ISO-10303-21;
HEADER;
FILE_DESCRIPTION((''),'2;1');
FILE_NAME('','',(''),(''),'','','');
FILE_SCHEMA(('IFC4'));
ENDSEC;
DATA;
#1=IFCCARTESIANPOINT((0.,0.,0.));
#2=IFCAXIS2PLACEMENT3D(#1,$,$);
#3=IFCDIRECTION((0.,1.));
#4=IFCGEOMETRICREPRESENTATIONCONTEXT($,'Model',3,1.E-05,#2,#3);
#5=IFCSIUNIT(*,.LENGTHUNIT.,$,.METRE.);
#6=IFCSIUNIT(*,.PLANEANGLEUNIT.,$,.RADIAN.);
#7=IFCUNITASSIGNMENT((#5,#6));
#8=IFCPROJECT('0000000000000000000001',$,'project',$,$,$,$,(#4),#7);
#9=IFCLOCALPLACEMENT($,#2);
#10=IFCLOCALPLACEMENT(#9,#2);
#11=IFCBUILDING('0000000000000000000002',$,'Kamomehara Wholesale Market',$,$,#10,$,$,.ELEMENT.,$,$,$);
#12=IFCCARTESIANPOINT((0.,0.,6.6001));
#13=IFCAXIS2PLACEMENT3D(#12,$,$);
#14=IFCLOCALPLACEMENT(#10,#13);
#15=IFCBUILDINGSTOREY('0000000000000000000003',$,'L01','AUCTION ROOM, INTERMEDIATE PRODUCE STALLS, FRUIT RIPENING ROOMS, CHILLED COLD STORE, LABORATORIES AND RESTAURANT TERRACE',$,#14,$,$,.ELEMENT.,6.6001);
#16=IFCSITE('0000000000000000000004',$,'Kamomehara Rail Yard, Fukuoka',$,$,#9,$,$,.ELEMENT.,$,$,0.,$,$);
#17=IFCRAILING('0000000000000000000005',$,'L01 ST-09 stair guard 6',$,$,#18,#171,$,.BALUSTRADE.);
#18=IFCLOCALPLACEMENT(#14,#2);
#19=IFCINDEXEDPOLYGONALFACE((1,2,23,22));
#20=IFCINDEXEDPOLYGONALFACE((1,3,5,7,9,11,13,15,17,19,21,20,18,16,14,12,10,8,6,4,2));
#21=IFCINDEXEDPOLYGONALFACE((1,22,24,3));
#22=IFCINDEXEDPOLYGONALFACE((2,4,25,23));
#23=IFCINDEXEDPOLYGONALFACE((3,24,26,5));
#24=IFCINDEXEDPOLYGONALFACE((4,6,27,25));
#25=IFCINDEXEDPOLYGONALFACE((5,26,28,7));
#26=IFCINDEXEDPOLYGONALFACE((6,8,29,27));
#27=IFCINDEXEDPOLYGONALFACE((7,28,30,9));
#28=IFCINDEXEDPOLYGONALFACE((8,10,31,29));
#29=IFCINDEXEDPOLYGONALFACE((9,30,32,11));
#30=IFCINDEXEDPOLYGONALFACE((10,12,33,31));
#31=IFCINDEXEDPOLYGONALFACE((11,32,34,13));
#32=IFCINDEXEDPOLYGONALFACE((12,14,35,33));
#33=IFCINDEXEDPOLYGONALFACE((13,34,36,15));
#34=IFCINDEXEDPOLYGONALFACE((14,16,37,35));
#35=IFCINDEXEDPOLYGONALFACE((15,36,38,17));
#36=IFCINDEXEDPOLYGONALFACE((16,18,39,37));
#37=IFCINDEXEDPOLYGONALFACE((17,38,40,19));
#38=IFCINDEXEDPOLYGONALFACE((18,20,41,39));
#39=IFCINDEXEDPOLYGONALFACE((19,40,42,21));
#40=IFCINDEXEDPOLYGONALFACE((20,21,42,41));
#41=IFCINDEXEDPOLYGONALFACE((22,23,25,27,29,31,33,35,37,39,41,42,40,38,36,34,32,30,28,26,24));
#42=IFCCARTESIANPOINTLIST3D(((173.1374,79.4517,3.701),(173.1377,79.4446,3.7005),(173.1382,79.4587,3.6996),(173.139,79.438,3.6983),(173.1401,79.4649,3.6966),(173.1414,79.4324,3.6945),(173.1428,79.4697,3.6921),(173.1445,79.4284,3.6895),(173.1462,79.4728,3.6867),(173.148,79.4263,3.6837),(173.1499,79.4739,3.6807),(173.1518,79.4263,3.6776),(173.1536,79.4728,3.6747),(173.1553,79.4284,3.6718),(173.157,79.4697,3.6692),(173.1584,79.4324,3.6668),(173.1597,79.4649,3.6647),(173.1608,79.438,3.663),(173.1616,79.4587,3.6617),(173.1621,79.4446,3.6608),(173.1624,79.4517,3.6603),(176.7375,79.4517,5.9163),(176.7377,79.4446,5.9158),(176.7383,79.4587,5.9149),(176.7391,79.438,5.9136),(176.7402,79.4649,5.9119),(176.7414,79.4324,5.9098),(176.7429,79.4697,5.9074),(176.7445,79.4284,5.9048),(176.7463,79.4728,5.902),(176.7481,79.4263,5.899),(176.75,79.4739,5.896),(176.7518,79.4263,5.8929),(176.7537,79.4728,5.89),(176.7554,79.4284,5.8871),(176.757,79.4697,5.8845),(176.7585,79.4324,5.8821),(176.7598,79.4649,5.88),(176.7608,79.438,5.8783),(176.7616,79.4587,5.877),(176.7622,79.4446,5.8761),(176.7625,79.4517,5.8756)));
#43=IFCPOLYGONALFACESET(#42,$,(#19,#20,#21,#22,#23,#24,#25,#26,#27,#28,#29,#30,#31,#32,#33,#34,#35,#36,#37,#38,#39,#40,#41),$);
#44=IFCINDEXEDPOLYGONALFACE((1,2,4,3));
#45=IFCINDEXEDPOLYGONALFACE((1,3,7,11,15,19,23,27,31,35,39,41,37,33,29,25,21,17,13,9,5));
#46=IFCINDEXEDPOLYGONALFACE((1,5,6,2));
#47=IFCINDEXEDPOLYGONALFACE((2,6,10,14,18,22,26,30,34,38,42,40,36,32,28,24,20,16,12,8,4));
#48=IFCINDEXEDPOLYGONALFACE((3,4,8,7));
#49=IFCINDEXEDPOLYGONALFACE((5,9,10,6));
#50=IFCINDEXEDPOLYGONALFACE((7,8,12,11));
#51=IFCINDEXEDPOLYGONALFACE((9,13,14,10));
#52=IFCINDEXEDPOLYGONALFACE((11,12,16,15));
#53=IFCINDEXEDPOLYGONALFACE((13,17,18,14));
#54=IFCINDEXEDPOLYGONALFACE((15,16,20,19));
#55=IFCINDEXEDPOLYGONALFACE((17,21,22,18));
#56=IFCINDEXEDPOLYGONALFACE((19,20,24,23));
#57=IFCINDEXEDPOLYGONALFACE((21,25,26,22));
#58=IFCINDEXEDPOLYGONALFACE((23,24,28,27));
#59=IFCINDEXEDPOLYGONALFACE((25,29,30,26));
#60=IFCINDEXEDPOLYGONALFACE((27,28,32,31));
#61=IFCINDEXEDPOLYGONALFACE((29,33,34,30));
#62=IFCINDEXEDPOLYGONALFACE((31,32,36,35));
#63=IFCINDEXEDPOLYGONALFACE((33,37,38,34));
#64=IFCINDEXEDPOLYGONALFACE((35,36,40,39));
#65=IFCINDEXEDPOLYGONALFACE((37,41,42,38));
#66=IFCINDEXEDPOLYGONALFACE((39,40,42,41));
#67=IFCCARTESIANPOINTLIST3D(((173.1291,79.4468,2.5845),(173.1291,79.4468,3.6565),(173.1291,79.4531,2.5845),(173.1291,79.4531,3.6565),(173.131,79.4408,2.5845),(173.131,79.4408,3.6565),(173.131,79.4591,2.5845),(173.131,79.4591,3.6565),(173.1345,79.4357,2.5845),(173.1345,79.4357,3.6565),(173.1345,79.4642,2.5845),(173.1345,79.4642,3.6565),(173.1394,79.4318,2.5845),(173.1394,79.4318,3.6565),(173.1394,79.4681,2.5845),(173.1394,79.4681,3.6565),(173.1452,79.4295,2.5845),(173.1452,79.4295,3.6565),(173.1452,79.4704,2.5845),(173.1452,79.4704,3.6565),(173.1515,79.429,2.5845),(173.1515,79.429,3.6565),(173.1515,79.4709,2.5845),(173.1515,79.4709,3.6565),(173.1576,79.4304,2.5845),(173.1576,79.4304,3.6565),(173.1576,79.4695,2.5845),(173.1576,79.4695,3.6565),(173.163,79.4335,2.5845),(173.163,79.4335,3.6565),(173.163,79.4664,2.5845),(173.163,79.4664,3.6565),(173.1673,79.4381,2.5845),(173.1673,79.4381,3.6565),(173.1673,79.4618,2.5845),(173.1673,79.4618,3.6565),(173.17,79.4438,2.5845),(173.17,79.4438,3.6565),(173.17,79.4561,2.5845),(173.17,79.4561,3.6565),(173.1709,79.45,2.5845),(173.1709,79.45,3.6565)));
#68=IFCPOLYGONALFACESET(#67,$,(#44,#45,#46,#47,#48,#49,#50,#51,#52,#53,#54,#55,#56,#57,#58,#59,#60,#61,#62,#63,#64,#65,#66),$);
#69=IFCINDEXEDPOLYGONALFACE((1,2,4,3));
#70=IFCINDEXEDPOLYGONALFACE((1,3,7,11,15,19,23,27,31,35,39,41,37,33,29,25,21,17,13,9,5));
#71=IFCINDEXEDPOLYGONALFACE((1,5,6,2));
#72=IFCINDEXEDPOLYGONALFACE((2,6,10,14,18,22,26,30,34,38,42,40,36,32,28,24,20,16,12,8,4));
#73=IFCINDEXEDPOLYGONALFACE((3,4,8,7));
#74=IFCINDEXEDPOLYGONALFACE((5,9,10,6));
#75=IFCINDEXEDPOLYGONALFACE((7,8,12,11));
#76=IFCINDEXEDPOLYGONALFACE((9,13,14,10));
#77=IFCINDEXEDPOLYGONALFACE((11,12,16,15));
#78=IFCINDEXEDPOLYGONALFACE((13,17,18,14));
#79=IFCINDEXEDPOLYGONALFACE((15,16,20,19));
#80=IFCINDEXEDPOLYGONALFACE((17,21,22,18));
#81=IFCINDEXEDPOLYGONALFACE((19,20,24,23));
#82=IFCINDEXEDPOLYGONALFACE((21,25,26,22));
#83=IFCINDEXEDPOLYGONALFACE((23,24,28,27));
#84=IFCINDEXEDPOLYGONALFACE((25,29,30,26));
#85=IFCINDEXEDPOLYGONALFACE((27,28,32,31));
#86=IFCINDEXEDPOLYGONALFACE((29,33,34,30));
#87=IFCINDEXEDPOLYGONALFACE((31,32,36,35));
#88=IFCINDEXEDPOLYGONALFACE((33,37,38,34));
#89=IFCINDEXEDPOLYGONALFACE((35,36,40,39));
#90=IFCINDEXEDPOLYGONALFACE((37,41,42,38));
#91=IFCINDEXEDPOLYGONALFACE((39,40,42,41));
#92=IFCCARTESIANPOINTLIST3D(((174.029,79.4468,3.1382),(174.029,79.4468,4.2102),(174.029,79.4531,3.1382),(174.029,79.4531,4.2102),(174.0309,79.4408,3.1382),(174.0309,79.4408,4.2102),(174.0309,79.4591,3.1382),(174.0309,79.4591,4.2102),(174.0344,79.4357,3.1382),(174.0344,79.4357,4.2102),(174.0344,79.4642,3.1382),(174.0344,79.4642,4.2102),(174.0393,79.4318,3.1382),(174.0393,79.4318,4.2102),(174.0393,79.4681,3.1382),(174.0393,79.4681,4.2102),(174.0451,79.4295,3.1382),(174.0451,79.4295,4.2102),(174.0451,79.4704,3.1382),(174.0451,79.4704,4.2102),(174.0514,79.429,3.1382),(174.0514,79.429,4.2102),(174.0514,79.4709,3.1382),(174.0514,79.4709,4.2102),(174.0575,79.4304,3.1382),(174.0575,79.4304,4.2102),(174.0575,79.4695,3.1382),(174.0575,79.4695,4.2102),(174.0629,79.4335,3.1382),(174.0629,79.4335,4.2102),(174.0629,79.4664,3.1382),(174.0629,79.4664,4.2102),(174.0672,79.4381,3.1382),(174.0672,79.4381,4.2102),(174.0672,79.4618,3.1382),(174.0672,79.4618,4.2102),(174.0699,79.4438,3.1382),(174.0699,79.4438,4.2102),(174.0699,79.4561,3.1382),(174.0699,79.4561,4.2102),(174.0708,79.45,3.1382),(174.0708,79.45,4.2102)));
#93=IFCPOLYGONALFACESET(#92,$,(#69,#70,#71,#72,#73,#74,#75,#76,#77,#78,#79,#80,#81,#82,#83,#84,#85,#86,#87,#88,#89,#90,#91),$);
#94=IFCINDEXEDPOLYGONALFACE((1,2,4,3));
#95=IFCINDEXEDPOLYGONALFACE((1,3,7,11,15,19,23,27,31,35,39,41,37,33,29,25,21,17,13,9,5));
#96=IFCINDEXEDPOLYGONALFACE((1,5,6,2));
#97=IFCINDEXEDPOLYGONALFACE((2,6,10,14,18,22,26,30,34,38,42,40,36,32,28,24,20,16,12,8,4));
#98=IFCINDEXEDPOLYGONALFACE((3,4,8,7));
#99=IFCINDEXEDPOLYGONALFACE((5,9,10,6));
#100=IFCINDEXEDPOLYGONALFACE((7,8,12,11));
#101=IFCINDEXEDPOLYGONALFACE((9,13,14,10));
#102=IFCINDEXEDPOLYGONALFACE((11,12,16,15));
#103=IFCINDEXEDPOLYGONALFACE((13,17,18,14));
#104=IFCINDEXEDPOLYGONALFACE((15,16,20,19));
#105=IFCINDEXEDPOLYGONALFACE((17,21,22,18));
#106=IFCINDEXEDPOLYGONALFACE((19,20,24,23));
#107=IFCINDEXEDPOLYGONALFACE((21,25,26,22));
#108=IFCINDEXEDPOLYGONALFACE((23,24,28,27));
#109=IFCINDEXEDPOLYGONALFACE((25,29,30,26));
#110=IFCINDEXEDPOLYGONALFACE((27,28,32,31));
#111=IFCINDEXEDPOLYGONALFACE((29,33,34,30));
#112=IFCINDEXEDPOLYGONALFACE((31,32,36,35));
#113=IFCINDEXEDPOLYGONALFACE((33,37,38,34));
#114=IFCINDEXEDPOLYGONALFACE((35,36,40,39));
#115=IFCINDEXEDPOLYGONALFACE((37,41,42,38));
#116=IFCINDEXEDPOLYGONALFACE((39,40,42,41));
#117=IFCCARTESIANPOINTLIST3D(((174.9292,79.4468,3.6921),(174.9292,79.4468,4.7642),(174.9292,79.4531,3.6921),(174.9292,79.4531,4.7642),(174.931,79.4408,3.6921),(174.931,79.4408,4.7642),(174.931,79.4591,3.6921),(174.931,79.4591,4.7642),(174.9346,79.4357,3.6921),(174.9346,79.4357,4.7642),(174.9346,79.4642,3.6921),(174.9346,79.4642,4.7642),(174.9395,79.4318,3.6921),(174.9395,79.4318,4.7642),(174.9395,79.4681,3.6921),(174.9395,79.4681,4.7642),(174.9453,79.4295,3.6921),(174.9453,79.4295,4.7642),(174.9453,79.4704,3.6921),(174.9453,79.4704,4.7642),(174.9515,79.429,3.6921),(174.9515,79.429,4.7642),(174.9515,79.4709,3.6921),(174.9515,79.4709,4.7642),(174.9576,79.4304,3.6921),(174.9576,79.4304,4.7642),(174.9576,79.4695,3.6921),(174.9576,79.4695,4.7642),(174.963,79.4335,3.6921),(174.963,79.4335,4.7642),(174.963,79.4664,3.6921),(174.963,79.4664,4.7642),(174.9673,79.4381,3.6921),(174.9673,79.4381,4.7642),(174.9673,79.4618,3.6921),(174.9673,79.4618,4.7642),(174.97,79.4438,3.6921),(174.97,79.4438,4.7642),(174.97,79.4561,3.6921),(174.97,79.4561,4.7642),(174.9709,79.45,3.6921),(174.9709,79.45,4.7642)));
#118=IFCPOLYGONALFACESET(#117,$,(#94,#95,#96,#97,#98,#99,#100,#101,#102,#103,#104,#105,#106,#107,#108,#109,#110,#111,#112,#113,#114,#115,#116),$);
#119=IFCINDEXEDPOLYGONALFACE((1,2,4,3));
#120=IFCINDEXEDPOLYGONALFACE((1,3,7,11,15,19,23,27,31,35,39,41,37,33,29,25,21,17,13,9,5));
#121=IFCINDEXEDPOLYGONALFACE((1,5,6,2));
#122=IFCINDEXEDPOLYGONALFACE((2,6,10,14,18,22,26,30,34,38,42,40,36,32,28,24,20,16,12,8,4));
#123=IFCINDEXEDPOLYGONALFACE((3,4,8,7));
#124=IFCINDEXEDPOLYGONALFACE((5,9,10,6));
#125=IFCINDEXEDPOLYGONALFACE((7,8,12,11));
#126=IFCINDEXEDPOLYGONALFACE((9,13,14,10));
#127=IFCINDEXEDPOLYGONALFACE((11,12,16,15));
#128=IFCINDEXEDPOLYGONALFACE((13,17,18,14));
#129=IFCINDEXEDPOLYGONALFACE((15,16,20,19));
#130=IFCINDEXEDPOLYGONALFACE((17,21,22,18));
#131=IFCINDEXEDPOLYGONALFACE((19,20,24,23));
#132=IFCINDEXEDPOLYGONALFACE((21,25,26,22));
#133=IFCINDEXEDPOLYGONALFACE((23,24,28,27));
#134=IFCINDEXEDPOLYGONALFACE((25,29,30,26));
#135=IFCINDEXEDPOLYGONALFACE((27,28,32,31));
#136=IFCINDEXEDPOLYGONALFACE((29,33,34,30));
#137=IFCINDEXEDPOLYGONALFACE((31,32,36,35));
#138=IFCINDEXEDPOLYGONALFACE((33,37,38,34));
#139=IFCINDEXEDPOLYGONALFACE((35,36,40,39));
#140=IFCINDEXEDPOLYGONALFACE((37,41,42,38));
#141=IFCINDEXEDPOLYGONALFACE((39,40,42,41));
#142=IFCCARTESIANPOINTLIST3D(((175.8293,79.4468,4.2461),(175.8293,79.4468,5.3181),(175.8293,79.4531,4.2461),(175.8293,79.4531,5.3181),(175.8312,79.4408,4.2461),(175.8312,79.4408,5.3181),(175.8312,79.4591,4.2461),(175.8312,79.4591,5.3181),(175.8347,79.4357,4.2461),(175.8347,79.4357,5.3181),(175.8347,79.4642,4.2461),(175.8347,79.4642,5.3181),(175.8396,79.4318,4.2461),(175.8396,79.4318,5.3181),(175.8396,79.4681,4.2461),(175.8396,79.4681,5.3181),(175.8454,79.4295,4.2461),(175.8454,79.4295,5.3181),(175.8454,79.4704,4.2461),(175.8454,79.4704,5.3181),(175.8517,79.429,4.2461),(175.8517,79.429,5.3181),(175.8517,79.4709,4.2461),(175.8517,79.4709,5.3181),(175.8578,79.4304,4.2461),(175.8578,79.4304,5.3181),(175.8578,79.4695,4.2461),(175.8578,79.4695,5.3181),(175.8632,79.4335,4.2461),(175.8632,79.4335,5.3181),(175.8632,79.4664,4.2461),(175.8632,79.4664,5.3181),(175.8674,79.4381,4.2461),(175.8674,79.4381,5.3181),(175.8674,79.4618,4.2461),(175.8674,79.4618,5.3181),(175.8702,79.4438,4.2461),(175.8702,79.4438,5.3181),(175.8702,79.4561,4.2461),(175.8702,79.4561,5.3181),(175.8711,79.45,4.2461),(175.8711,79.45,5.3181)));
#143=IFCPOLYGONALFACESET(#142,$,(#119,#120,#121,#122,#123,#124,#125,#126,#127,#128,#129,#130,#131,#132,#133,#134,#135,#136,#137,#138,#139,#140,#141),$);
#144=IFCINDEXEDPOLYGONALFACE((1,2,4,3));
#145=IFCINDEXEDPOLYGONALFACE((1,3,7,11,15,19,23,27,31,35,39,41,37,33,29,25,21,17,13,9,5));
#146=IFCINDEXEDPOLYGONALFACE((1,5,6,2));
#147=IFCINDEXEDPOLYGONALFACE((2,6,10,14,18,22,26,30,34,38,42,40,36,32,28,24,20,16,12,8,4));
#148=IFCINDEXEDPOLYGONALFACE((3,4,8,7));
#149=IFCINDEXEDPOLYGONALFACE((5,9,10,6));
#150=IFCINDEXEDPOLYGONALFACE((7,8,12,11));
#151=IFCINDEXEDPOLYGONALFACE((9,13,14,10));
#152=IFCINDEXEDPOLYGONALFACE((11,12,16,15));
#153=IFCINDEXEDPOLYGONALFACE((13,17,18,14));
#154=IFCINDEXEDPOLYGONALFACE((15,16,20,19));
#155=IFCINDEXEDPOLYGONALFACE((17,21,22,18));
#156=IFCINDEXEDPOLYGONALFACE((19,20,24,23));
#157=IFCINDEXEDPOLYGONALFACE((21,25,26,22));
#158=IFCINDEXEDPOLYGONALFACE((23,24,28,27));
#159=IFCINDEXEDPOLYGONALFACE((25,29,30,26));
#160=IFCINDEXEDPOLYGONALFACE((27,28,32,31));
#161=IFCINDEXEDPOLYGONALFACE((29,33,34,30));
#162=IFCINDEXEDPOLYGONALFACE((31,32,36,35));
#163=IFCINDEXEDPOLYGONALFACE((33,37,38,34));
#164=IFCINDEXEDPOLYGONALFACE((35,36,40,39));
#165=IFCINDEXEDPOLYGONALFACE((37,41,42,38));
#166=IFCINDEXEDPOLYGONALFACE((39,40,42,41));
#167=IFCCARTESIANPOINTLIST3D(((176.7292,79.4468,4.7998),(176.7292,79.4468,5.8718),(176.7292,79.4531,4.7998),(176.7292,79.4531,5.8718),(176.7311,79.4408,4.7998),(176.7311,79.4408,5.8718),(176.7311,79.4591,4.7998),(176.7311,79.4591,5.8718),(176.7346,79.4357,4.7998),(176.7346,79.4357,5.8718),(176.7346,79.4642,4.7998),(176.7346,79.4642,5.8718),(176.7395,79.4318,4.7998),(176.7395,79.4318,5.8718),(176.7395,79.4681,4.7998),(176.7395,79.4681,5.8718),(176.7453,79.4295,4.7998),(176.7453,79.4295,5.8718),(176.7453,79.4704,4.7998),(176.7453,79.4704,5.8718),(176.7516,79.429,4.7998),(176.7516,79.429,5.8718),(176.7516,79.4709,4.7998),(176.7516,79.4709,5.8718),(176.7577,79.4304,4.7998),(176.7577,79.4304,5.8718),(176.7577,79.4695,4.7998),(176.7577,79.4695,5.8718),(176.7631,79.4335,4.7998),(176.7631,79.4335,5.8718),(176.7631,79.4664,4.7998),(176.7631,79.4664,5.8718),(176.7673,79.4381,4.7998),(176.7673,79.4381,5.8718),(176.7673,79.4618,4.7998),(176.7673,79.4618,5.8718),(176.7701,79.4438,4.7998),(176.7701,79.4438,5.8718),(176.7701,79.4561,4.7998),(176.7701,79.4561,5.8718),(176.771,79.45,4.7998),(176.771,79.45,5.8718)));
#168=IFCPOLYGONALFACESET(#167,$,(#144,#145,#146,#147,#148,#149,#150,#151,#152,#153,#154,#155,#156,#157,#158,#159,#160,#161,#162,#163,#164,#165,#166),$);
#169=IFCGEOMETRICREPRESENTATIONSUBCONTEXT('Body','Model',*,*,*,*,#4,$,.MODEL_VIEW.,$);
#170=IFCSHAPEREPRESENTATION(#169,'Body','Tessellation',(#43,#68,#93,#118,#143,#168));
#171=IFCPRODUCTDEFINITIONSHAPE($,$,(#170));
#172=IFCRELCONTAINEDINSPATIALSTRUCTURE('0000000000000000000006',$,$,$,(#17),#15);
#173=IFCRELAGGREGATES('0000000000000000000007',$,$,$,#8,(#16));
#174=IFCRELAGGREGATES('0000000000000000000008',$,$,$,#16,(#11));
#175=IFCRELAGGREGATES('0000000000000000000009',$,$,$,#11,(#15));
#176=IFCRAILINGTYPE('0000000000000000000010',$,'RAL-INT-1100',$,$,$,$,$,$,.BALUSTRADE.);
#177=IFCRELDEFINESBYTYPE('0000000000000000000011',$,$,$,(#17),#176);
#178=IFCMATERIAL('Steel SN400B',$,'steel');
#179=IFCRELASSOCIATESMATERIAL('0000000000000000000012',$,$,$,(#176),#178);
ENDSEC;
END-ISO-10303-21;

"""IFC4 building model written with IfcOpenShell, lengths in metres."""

from ifc_helpers import new_model, si_unit, direction, frame, origin, origin_2d, place, context, subcontext, project, spatial, circle, extrude, material, type_object, element, save


model = new_model("IFC4")

# Units and contexts
model_context = context("Model", 3, precision=1e-05, world=origin(), true_north=direction((0.0, 1.0)))
body_context = subcontext(model_context, "Body", "Model", "MODEL_VIEW")
ifc_project = project(units=[si_unit("LENGTHUNIT", "METRE"), si_unit("PLANEANGLEUNIT", "RADIAN")], contexts=[model_context])

# Site, building, storey
site_placement = place(None, origin())
site = spatial("IfcSite", under=ifc_project, at=site_placement, Name="Kamomehara Rail Yard, Fukuoka", CompositionType="ELEMENT", RefElevation=0.0)
building_placement = place(site_placement, origin())
building = spatial("IfcBuilding", under=site, at=building_placement, Name="Kamomehara Wholesale Market", CompositionType="ELEMENT")
storey_placement = place(building_placement, frame((0.0, 0.0, 6.6001)))
storey = spatial("IfcBuildingStorey", under=building, at=storey_placement, Name="L01", Description="AUCTION ROOM, INTERMEDIATE PRODUCE STALLS, FRUIT RIPENING ROOMS, CHILLED COLD STORE, LABORATORIES AND RESTAURANT TERRACE", CompositionType="ELEMENT", Elevation=6.6001)

# Railing
ifc_material_1 = material(Name="Steel SN400B", Category="steel")
railing_type_1 = type_object("IfcRailingType", Name="RAL-INT-1100", PredefinedType="BALUSTRADE", material=ifc_material_1)
railing_1_placement = place(storey_placement, frame((173.1499, 79.45, 2.5845)))
element("IfcRailing", 1, at=railing_1_placement, inside=storey, type_object=railing_type_1, Name="L01 ST-09 stair guard 6", PredefinedType="BALUSTRADE", context=body_context, shape_type="SweptSolid", body=[
    extrude(circle(Radius=0.0239, at=origin_2d()), frame((0.0, 0.0, 1.0962), z_axis=(0.85167, 0.0, 0.524078), x_axis=(0.0, 1.0, 0.0)), (0.0, 0.0, 1.0), 4.2271),
    extrude(circle(Radius=0.021, at=origin_2d()), origin(), (0.0, 0.0, 1.0), 1.072),
    extrude(circle(Radius=0.021, at=origin_2d()), frame((0.8999, 0.0, 0.5537)), (0.0, 0.0, 1.0), 1.072),
    extrude(circle(Radius=0.021, at=origin_2d()), frame((1.8, 0.0, 1.1077)), (0.0, 0.0, 1.0), 1.072),
    extrude(circle(Radius=0.021, at=origin_2d()), frame((2.7002, 0.0, 1.6616)), (0.0, 0.0, 1.0), 1.072),
    extrude(circle(Radius=0.021, at=origin_2d()), frame((3.6001, 0.0, 2.2153)), (0.0, 0.0, 1.0), 1.072),
])

save(model, "model.ifc")
